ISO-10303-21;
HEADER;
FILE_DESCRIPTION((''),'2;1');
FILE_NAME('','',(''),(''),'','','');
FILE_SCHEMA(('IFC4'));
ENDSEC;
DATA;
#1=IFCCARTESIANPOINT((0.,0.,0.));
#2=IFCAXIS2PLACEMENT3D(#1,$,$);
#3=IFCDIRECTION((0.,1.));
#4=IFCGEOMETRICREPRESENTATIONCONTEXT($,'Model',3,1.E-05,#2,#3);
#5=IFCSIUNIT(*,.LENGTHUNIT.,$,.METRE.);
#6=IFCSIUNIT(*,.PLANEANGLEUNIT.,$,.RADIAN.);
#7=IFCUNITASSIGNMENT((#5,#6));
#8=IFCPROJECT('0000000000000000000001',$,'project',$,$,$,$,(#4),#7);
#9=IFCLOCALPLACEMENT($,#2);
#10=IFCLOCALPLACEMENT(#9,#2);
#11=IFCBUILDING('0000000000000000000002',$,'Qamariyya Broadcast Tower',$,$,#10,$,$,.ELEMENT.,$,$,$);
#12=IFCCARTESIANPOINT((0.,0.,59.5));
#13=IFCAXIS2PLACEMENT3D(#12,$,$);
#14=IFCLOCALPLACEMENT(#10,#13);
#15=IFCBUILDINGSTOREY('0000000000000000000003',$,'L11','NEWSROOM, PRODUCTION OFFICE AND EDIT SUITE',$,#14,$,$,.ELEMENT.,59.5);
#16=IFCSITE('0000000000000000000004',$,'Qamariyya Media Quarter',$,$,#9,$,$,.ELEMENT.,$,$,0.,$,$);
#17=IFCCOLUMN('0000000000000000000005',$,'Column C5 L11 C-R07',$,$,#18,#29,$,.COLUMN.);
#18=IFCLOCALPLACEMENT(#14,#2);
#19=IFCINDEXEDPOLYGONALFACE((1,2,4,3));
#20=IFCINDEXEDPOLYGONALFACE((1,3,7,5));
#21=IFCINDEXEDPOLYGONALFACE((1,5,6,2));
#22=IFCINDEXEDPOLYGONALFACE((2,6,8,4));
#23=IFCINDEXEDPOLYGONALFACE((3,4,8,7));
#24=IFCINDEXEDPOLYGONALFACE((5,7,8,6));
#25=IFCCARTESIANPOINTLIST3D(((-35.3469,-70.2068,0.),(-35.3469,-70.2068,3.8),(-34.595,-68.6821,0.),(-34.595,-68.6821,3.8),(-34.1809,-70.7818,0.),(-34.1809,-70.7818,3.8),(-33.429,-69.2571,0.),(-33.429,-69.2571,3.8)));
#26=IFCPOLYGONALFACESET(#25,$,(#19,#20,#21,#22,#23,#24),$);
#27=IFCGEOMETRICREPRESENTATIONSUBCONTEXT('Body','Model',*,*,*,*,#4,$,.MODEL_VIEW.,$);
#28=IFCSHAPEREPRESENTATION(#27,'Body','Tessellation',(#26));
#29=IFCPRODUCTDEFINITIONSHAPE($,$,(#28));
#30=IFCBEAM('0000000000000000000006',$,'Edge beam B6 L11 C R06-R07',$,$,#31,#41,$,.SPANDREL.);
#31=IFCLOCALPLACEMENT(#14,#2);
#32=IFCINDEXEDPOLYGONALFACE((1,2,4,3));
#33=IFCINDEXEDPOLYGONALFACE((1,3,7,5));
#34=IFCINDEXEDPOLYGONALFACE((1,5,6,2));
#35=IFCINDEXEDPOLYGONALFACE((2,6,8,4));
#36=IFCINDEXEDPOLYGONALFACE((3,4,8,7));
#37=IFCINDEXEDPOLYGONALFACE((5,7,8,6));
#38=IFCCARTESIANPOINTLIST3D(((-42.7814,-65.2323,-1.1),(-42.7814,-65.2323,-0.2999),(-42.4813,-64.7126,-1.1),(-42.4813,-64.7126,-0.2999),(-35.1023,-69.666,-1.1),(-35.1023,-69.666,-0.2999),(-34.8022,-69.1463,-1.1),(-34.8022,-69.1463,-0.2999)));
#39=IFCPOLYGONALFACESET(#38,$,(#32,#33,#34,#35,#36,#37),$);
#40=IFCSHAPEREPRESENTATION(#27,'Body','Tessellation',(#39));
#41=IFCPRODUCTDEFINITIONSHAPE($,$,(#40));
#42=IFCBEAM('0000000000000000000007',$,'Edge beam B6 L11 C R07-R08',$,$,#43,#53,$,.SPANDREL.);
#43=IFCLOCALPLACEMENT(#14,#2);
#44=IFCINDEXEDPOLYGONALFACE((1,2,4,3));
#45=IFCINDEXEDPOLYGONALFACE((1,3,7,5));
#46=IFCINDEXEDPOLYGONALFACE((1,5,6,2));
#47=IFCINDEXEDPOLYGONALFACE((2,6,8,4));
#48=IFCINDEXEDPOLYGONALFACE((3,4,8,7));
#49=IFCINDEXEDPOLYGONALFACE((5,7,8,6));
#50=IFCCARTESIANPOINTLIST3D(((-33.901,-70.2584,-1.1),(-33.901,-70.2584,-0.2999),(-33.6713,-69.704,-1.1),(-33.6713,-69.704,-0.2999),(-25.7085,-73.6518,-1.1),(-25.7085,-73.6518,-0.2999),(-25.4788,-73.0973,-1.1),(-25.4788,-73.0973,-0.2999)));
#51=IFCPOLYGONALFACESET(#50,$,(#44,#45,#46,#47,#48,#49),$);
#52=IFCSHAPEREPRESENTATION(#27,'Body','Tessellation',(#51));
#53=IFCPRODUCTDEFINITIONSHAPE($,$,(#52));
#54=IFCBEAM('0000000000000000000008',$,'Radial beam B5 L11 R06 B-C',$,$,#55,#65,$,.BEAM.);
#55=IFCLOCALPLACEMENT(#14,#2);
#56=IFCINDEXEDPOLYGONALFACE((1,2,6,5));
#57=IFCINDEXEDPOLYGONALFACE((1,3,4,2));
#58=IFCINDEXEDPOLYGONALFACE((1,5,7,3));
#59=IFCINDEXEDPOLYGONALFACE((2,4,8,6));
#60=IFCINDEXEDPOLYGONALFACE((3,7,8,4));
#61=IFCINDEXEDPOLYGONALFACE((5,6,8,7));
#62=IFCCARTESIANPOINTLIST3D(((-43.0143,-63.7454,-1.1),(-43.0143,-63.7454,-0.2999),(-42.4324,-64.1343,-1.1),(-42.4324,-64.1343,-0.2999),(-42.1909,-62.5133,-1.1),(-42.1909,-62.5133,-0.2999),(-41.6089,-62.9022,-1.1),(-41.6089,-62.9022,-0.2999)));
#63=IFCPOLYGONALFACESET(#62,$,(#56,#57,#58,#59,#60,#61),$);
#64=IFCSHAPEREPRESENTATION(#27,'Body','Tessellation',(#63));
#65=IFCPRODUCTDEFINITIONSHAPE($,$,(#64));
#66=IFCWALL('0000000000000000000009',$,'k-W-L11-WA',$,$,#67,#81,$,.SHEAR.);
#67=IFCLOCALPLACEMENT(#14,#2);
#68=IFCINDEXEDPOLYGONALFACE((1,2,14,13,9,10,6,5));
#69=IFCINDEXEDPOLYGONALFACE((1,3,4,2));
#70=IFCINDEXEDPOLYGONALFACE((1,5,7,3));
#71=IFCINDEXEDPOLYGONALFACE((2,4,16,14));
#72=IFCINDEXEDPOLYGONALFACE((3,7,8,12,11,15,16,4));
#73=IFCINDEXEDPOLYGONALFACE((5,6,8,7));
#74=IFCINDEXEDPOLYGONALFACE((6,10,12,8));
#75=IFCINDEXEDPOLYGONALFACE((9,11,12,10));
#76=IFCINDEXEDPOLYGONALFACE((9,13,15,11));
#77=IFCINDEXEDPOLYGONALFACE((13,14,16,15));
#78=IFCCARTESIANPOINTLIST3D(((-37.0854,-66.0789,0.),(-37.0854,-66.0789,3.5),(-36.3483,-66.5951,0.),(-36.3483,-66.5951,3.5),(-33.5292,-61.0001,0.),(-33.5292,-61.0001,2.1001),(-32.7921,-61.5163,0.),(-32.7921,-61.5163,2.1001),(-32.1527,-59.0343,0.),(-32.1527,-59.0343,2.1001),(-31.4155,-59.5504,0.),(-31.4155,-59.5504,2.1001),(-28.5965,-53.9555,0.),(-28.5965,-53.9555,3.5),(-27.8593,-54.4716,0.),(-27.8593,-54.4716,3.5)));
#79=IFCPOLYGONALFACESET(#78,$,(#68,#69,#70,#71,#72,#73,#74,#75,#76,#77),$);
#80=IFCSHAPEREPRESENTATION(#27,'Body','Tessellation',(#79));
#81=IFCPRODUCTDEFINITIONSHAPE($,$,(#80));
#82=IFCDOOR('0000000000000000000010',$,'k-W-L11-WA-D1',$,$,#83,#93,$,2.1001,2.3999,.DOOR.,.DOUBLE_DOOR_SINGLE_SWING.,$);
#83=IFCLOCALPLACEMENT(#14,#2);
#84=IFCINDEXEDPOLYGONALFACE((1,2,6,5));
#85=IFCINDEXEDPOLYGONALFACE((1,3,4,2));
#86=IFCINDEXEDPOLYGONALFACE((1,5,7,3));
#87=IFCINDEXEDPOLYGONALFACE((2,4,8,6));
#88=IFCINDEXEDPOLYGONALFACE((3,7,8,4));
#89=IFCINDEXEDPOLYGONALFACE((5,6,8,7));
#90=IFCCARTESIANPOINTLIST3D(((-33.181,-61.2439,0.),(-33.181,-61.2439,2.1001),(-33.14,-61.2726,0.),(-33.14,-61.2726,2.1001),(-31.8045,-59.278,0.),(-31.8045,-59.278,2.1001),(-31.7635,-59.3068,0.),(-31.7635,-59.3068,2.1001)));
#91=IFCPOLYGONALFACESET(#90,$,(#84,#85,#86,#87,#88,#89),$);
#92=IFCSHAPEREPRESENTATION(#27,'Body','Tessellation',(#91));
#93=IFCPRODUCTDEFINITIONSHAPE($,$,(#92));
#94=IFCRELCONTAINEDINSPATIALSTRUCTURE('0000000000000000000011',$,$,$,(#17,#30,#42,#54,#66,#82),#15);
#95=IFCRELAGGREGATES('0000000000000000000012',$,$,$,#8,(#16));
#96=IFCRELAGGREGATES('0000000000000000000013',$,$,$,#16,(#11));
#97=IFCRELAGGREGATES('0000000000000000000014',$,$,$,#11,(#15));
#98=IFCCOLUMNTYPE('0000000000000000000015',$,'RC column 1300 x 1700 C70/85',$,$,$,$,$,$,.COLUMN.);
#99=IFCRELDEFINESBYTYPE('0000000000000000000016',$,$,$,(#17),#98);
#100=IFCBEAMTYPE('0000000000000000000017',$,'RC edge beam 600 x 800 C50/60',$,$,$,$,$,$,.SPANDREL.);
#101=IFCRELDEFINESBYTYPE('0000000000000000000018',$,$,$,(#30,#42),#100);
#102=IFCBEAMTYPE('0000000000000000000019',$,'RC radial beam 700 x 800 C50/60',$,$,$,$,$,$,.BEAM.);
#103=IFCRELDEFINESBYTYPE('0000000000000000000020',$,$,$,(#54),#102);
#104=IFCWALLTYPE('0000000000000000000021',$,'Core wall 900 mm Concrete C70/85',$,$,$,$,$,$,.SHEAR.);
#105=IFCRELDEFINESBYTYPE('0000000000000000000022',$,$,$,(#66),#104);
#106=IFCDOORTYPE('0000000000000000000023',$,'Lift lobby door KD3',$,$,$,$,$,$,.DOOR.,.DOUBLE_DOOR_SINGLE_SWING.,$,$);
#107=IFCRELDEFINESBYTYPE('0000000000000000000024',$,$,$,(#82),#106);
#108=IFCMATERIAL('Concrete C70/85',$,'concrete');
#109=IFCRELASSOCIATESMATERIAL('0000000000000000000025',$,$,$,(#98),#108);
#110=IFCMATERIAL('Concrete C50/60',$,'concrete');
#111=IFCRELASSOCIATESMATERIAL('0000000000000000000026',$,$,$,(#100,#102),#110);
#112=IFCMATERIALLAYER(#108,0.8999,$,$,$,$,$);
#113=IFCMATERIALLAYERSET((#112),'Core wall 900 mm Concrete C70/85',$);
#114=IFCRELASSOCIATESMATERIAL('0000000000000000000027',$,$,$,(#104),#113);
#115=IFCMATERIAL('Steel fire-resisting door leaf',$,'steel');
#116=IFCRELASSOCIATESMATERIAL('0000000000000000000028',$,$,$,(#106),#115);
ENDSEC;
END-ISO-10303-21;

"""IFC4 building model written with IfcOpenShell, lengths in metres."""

from ifc_helpers import new_model, si_unit, direction, frame, frame_2d, origin, origin_2d, place, context, subcontext, project, spatial, rectangle, extrude, material, layer, layer_set, material_profile, profile_set, type_object, element, fill, save


model = new_model("IFC4")

# Units and contexts
model_context = context("Model", 3, precision=1e-05, world=origin(), true_north=direction((0.0, 1.0)))
body_context = subcontext(model_context, "Body", "Model", "MODEL_VIEW")
ifc_project = project(units=[si_unit("LENGTHUNIT", "METRE"), si_unit("PLANEANGLEUNIT", "RADIAN")], contexts=[model_context])

# Site, building, storey
site_placement = place(None, origin())
site = spatial("IfcSite", under=ifc_project, at=site_placement, Name="Qamariyya Media Quarter", CompositionType="ELEMENT", RefElevation=0.0)
building_placement = place(site_placement, origin())
building = spatial("IfcBuilding", under=site, at=building_placement, Name="Qamariyya Broadcast Tower", CompositionType="ELEMENT")
storey_placement = place(building_placement, frame((0.0, 0.0, 59.5)))
storey = spatial("IfcBuildingStorey", under=building, at=storey_placement, Name="L11", Description="NEWSROOM, PRODUCTION OFFICE AND EDIT SUITE", CompositionType="ELEMENT", Elevation=59.5)

# Column
ifc_material_1 = material(Name="Concrete C70/85", Category="concrete")
ifc_material_profile_1 = material_profile(ifc_material_1, rectangle(XDim=1.3, YDim=1.7, at=origin_2d()))
ifc_profile_set_1 = profile_set([ifc_material_profile_1], Name="Concrete C70/85")
column_type = type_object("IfcColumnType", Name="RC column 1300 x 1700 C70/85", PredefinedType="COLUMN", material=ifc_profile_set_1)
column_placement = place(storey_placement, frame((-34.3879, -69.7319, 0.0), z_axis=(0.0, 0.0, 1.0), x_axis=(0.896873, -0.442289, 0.0)))
element("IfcColumn", 1, at=column_placement, inside=storey, type_object=column_type, Name="Column C5 L11 C-R07", PredefinedType="COLUMN", context=body_context, shape_type="SweptSolid", body=[
    extrude(rectangle(XDim=1.3, YDim=1.7, at=origin_2d()), origin(), (0.0, 0.0, 1.0), 3.8),
])

# Beams
ifc_material_2 = material(Name="Concrete C50/60", Category="concrete")
ifc_material_profile_2 = material_profile(ifc_material_2, rectangle(XDim=0.6001, YDim=0.8, at=origin_2d()))
ifc_profile_set_2 = profile_set([ifc_material_profile_2], Name="Concrete C50/60")
beam_type_1 = type_object("IfcBeamType", Name="RC edge beam 600 x 800 C50/60", PredefinedType="SPANDREL", material=ifc_profile_set_2)
beam_1_placement = place(storey_placement, frame((-42.6313, -64.9724, -0.7), z_axis=(0.866013, -0.500021, 0.0), x_axis=(0.500021, 0.866013, 0.0)))
element("IfcBeam", 2, at=beam_1_placement, inside=storey, type_object=beam_type_1, Name="Edge beam B6 L11 C R06-R07", PredefinedType="SPANDREL", context=body_context, shape_type="SweptSolid", body=[
    extrude(rectangle(XDim=0.6001, YDim=0.8, at=origin_2d()), origin(), (0.0, 0.0, 1.0), 8.8672),
])
beam_2_placement = place(storey_placement, frame((-33.7861, -69.9812, -0.7), z_axis=(0.923883, -0.382675, 0.0), x_axis=(0.382675, 0.923883, 0.0)))
element("IfcBeam", 3, at=beam_2_placement, inside=storey, type_object=beam_type_1, Name="Edge beam B6 L11 C R07-R08", PredefinedType="SPANDREL", context=body_context, shape_type="SweptSolid", body=[
    extrude(rectangle(XDim=0.6001, YDim=0.8, at=origin_2d()), origin(), (0.0, 0.0, 1.0), 8.8674),
])
ifc_material_profile_3 = material_profile(ifc_material_2, rectangle(XDim=0.7, YDim=0.8, at=origin_2d()))
ifc_profile_set_3 = profile_set([ifc_material_profile_3], Name="Concrete C50/60")
beam_type_2 = type_object("IfcBeamType", Name="RC radial beam 700 x 800 C50/60", PredefinedType="BEAM", material=ifc_profile_set_3)
beam_3_placement = place(storey_placement, frame((-41.8999, -62.7078, -0.7), z_axis=(-0.55565, -0.831416, 0.0), x_axis=(0.831416, -0.55565, 0.0)))
element("IfcBeam", 4, at=beam_3_placement, inside=storey, type_object=beam_type_2, Name="Radial beam B5 L11 R06 B-C", PredefinedType="BEAM", context=body_context, shape_type="SweptSolid", body=[
    extrude(rectangle(XDim=0.7, YDim=0.8, at=origin_2d()), origin(), (0.0, 0.0, 1.0), 1.4819),
])

# Wall, opening, door
ifc_layer_1 = layer(ifc_material_1, 0.8999)
ifc_layer_set_1 = layer_set([ifc_layer_1], Name="Core wall 900 mm Concrete C70/85")
wall_type_1 = type_object("IfcWallType", Name="Core wall 900 mm Concrete C70/85", PredefinedType="SHEAR", material=ifc_layer_set_1)
wall_1_placement = place(storey_placement, frame((-36.7168, -66.3369, 0.0), z_axis=(0.0, 0.0, 1.0), x_axis=(0.573577, 0.819151, 0.0)))
wall_1 = element("IfcWall", 5, at=wall_1_placement, inside=storey, type_object=wall_type_1, Name="k-W-L11-WA", PredefinedType="SHEAR", context=body_context, shape_type="SweptSolid", body=[
    extrude(rectangle(XDim=14.8, YDim=0.8999, at=frame_2d((7.3999, 0.0))), origin(), (0.0, 0.0, 1.0), 3.5),
])
opening_1_placement = place(wall_1_placement, frame((6.2, 0.0, 0.0)))
opening_1 = element("IfcOpeningElement", 6, at=opening_1_placement, cuts=wall_1, PredefinedType="OPENING", context=body_context, shape_type="SweptSolid", body=[
    extrude(rectangle(XDim=2.3999, YDim=2.1001, at=frame_2d((1.2, 1.05))), frame((0.0, 0.46, 0.0), z_axis=(0.0, -1.0, 0.0), x_axis=(1.0, 0.0, 0.0)), (0.0, 0.0, 1.0), 0.9199),
])
ifc_material_3 = material(Name="Steel fire-resisting door leaf", Category="steel")
door_type_1 = type_object("IfcDoorType", Name="Lift lobby door KD3", OperationType="DOUBLE_DOOR_SINGLE_SWING", PredefinedType="DOOR", material=ifc_material_3)
door_1_placement = place(opening_1_placement, origin())
door_1 = element("IfcDoor", 7, at=door_1_placement, inside=storey, type_object=door_type_1, Name="k-W-L11-WA-D1", OperationType="DOUBLE_DOOR_SINGLE_SWING", OverallHeight=2.1001, OverallWidth=2.3999, PredefinedType="DOOR", context=body_context, shape_type="SweptSolid", body=[
    extrude(rectangle(XDim=2.3999, YDim=2.1001, at=frame_2d((1.2, 1.05))), frame((0.0, 0.0249, 0.0), z_axis=(0.0, -1.0, 0.0), x_axis=(1.0, 0.0, 0.0)), (0.0, 0.0, 1.0), 0.05),
])
fill(opening_1, door_1)

save(model, "model.ifc")
